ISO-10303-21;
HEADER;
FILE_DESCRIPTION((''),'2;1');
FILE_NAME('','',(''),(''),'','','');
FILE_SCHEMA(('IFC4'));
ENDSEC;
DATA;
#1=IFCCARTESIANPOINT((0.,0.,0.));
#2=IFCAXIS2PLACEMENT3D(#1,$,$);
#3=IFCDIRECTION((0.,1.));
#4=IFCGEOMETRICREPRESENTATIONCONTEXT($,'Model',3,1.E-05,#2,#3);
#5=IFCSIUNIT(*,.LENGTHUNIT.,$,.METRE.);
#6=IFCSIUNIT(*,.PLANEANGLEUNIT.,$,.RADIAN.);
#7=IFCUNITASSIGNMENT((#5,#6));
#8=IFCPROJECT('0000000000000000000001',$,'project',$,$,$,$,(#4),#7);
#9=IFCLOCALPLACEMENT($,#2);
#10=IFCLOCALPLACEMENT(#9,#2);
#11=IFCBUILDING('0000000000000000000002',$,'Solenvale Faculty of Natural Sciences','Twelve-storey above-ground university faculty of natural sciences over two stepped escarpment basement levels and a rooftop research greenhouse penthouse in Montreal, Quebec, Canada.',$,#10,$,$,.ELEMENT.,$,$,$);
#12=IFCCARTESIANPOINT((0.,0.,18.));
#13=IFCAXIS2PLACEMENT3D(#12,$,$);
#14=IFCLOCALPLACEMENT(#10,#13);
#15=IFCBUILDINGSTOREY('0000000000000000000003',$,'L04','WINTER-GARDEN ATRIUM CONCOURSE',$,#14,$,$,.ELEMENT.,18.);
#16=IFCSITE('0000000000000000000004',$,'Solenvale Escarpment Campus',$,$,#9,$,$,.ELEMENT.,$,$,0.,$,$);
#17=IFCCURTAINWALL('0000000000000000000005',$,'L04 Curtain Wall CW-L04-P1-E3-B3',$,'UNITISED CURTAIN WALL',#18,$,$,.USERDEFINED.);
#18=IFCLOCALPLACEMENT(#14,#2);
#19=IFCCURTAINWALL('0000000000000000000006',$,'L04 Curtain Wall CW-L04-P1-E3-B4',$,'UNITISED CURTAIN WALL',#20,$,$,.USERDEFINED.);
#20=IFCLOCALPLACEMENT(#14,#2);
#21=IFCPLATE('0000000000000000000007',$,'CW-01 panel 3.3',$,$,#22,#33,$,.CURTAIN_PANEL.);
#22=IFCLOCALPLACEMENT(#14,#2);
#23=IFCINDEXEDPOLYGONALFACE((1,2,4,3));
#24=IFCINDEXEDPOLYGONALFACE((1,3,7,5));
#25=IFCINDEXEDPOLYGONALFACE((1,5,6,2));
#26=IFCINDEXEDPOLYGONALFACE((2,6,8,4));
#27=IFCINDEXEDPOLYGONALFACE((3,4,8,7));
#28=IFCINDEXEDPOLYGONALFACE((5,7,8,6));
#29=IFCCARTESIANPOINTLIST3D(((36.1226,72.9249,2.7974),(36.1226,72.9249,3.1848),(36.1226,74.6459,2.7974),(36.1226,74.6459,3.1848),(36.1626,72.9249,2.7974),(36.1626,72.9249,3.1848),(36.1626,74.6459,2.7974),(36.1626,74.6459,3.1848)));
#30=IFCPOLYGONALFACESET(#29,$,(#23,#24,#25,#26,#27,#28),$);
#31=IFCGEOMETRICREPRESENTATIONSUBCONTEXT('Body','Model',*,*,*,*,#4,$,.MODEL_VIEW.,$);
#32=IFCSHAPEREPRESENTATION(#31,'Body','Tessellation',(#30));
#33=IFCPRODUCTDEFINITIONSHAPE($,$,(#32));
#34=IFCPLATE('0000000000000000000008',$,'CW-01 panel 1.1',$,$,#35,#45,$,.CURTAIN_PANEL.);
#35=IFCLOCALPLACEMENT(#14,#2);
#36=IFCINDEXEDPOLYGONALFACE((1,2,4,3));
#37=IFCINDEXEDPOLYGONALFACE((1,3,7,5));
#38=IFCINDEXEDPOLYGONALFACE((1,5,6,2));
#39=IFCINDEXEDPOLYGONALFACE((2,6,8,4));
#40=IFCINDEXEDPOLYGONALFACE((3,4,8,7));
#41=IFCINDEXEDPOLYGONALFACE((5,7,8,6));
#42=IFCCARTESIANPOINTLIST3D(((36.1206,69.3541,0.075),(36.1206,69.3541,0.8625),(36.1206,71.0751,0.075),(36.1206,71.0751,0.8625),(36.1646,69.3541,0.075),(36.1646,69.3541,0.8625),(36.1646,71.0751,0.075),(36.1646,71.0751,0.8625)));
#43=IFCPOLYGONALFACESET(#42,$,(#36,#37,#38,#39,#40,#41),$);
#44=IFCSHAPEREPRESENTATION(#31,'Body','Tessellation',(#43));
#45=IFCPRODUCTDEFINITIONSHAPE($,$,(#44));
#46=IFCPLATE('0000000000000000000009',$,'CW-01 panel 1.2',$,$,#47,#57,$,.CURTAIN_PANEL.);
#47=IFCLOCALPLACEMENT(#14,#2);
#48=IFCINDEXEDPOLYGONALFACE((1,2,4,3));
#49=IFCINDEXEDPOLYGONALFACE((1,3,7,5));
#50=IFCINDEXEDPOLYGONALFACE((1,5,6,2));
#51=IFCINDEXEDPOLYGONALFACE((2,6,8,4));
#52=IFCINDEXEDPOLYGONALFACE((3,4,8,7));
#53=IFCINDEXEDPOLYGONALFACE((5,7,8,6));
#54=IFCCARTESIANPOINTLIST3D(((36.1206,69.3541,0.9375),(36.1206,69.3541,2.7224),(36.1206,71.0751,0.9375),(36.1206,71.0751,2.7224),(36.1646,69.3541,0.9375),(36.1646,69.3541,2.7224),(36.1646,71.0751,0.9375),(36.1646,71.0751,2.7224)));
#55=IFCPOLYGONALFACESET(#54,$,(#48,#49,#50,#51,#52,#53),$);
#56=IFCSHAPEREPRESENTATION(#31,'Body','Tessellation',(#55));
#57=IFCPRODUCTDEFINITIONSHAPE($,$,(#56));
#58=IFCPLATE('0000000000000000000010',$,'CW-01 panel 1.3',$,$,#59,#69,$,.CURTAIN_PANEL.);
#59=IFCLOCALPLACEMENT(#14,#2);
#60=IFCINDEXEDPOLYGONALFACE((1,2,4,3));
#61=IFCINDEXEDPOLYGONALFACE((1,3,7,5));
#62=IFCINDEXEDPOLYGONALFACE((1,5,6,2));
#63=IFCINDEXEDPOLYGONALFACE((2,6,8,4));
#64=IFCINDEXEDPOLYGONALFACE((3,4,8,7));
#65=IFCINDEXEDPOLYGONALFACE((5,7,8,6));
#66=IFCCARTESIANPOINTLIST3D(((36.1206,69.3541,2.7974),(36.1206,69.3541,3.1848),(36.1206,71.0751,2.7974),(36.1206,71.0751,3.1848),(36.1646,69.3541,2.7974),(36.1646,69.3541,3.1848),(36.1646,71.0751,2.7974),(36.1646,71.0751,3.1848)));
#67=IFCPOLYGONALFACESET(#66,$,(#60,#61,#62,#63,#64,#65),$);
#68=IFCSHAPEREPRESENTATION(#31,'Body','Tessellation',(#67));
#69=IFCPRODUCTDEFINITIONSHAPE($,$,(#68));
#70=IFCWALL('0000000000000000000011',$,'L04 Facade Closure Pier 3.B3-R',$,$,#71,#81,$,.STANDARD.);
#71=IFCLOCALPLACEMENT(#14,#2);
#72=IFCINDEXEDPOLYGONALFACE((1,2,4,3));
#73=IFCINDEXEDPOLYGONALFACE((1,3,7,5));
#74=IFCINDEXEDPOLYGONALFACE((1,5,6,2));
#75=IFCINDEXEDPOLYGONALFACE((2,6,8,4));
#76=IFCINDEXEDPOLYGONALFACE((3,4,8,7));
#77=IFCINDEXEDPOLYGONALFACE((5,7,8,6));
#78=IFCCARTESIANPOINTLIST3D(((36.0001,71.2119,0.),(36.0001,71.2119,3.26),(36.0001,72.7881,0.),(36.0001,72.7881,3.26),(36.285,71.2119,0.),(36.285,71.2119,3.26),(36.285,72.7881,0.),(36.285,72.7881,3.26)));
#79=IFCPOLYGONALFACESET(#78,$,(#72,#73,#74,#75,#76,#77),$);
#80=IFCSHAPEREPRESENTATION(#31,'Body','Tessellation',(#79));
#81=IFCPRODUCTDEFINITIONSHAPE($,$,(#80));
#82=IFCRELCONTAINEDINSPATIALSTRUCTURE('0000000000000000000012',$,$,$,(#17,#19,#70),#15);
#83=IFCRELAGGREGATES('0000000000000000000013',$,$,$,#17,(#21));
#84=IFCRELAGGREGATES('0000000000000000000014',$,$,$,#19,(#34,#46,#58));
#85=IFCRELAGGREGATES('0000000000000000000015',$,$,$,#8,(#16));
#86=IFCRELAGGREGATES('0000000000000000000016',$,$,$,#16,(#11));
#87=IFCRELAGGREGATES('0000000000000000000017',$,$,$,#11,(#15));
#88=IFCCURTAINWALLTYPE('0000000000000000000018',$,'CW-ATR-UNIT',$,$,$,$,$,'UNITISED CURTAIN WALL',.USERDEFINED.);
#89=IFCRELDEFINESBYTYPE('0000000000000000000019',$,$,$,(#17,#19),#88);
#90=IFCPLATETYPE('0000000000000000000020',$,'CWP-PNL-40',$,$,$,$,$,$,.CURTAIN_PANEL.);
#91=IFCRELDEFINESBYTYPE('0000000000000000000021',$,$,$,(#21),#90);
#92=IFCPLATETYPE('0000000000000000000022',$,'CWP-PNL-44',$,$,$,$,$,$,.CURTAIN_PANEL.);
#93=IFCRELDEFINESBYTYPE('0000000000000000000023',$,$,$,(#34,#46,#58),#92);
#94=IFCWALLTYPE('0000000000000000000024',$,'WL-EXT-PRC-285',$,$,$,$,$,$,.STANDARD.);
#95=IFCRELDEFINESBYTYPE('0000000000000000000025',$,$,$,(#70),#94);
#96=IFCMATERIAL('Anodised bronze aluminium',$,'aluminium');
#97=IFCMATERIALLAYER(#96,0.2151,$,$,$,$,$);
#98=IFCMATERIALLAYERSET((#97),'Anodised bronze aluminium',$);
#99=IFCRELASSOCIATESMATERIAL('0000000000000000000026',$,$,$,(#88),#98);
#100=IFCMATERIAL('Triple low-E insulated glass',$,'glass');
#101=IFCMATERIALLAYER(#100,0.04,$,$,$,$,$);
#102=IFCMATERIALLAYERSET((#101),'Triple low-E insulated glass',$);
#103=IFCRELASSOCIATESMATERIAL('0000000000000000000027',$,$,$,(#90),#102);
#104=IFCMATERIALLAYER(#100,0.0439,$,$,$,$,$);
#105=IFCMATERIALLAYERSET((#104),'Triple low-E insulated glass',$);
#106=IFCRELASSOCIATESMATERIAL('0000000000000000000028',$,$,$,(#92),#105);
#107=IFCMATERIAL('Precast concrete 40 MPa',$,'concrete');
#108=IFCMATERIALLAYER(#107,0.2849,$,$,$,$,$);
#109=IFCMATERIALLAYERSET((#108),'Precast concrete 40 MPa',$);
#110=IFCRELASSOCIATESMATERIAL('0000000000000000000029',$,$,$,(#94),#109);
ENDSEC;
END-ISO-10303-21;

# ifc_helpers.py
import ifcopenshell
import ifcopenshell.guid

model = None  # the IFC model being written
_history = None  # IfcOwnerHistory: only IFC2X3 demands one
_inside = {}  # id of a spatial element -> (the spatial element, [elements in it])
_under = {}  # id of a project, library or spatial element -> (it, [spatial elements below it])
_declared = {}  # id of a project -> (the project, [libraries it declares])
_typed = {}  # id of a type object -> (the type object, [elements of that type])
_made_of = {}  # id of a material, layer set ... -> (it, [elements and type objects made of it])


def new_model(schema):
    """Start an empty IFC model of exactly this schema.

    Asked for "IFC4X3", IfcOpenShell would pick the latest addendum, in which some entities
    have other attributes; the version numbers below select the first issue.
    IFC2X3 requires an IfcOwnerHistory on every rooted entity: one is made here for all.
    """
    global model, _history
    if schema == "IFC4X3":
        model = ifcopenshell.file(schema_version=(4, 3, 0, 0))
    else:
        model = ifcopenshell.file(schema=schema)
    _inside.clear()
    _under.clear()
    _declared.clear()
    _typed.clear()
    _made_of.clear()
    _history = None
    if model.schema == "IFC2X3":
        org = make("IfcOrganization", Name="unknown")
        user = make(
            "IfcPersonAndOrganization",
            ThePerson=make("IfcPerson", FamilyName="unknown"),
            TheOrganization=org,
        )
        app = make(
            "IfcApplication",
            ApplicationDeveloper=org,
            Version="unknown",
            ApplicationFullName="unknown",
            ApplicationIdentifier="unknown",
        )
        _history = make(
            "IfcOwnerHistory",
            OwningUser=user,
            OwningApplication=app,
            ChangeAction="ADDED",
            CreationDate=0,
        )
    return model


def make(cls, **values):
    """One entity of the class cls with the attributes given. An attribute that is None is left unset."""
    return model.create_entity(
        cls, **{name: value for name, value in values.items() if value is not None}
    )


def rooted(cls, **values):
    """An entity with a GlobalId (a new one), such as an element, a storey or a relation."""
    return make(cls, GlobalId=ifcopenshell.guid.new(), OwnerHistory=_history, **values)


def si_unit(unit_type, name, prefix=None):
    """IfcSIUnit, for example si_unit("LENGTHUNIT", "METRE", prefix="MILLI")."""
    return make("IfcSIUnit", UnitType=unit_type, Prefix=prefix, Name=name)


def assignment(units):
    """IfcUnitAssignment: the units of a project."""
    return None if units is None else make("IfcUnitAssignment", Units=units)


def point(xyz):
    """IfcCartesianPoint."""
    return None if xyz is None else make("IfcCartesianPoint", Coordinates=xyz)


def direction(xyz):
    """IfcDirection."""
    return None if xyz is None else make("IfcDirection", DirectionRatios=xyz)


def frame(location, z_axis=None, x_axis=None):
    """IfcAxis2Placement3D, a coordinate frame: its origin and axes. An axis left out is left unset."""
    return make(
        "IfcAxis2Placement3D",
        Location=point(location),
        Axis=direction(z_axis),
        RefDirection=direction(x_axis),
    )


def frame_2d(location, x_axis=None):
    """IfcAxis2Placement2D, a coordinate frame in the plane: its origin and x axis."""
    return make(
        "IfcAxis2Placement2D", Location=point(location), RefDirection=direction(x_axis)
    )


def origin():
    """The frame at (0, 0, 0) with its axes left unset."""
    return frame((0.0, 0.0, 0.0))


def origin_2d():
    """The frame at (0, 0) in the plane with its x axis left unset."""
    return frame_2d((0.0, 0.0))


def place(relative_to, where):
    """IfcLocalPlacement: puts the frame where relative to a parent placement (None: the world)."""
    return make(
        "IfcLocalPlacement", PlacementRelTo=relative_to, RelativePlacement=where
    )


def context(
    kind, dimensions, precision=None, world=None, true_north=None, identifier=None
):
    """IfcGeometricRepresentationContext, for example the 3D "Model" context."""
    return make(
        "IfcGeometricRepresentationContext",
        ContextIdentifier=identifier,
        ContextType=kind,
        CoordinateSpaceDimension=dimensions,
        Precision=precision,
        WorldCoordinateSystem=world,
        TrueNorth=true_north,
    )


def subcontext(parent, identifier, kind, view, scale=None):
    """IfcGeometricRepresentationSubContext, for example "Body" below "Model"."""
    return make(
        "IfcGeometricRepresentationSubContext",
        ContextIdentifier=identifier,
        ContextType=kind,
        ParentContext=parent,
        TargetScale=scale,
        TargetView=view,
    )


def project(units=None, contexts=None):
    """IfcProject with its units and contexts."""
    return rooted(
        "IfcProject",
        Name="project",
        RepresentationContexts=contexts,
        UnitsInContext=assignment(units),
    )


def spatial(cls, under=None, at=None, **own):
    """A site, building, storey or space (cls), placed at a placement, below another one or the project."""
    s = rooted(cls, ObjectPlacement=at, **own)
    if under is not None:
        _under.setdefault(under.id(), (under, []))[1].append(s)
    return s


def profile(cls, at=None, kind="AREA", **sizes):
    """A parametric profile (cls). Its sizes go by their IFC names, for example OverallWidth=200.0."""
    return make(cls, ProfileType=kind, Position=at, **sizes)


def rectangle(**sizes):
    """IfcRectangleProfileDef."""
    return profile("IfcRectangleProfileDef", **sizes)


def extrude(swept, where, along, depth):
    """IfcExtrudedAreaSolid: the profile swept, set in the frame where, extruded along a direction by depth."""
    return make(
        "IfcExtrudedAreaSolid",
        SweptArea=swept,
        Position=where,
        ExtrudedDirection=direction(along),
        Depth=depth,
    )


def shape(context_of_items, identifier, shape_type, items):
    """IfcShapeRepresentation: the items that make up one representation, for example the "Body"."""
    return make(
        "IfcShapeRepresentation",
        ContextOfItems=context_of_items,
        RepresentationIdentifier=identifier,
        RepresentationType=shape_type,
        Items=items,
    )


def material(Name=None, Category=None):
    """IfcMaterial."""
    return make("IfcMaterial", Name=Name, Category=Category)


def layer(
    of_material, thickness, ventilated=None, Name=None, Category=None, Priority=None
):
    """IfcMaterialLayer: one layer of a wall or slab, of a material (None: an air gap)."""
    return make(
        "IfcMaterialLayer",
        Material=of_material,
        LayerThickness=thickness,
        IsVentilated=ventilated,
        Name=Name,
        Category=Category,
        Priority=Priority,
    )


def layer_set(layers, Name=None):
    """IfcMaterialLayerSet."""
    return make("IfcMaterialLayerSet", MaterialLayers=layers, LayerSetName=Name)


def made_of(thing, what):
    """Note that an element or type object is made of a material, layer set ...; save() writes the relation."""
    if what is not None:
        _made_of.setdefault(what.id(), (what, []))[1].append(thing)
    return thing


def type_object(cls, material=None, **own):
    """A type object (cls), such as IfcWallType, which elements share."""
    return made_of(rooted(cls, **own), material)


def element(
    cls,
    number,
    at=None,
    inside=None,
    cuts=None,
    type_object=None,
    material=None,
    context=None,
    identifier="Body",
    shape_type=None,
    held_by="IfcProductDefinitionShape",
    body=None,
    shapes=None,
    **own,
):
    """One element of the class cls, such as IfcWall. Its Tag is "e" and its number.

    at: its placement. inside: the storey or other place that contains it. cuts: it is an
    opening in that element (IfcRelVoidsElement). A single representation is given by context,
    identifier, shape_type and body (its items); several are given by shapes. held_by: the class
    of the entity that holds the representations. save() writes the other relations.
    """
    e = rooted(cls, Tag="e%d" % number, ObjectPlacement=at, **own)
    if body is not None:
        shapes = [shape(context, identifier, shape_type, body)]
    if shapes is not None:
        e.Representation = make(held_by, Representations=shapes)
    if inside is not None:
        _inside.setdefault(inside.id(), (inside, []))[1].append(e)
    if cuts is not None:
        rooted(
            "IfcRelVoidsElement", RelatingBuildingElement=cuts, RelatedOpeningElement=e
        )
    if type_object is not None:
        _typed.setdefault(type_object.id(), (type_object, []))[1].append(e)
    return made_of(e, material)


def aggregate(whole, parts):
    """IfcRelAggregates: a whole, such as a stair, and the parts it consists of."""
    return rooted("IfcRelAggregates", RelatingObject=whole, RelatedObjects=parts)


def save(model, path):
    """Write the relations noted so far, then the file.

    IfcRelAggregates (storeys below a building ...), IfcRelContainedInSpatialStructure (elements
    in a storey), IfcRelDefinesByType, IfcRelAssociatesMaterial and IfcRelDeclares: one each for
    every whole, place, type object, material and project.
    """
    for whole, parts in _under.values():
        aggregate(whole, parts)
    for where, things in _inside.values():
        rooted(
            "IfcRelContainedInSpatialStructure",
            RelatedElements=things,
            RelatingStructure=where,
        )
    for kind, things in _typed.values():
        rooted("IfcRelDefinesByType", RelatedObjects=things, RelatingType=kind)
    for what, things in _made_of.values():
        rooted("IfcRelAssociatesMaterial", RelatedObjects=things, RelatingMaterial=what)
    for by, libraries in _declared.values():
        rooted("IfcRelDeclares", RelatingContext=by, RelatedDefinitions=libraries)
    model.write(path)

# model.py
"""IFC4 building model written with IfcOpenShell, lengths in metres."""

from ifc_helpers import new_model, si_unit, direction, frame, frame_2d, origin, origin_2d, place, context, subcontext, project, spatial, rectangle, extrude, material, layer, layer_set, type_object, element, aggregate, save


model = new_model("IFC4")

# Units and contexts
model_context = context("Model", 3, precision=1e-05, world=origin(), true_north=direction((0.0, 1.0)))
body_context = subcontext(model_context, "Body", "Model", "MODEL_VIEW")
ifc_project = project(units=[si_unit("LENGTHUNIT", "METRE"), si_unit("PLANEANGLEUNIT", "RADIAN")], contexts=[model_context])

# Site, building, storey
site_placement = place(None, origin())
site = spatial("IfcSite", under=ifc_project, at=site_placement, Name="Solenvale Escarpment Campus", CompositionType="ELEMENT", RefElevation=0.0)
building_placement = place(site_placement, origin())
building = spatial("IfcBuilding", under=site, at=building_placement, Name="Solenvale Faculty of Natural Sciences", Description="Twelve-storey above-ground university faculty of natural sciences over two stepped escarpment basement levels and a rooftop research greenhouse penthouse in Montreal, Quebec, Canada.", CompositionType="ELEMENT")
storey_placement = place(building_placement, frame((0.0, 0.0, 18.0)))
storey = spatial("IfcBuildingStorey", under=building, at=storey_placement, Name="L04", Description="WINTER-GARDEN ATRIUM CONCOURSE", CompositionType="ELEMENT", Elevation=18.0)

# Curtain walls
ifc_material_1 = material(Name="Anodised bronze aluminium", Category="aluminium")
ifc_layer_1 = layer(ifc_material_1, 0.2151)
ifc_layer_set_1 = layer_set([ifc_layer_1], Name="Anodised bronze aluminium")
curtain_wall_type = type_object("IfcCurtainWallType", Name="CW-ATR-UNIT", ElementType="UNITISED CURTAIN WALL", PredefinedType="USERDEFINED", material=ifc_layer_set_1)
curtain_wall_1_placement = place(storey_placement, origin())
curtain_wall_1 = element("IfcCurtainWall", 1, at=curtain_wall_1_placement, inside=storey, type_object=curtain_wall_type, Name="L04 Curtain Wall CW-L04-P1-E3-B3", ObjectType="UNITISED CURTAIN WALL", PredefinedType="USERDEFINED")
curtain_wall_2_placement = place(storey_placement, origin())
curtain_wall_2 = element("IfcCurtainWall", 2, at=curtain_wall_2_placement, inside=storey, type_object=curtain_wall_type, Name="L04 Curtain Wall CW-L04-P1-E3-B4", ObjectType="UNITISED CURTAIN WALL", PredefinedType="USERDEFINED")

# Plates
ifc_material_2 = material(Name="Triple low-E insulated glass", Category="glass")
ifc_layer_2 = layer(ifc_material_2, 0.04)
ifc_layer_set_2 = layer_set([ifc_layer_2], Name="Triple low-E insulated glass")
plate_type_1 = type_object("IfcPlateType", Name="CWP-PNL-40", PredefinedType="CURTAIN_PANEL", material=ifc_layer_set_2)
plate_1_placement = place(storey_placement, frame((36.1426, 73.7854, 2.7974), z_axis=(0.0, 0.0, 1.0), x_axis=(0.0, -1.0, 0.0)))
plate_1 = element("IfcPlate", 3, at=plate_1_placement, type_object=plate_type_1, Name="CW-01 panel 3.3", PredefinedType="CURTAIN_PANEL", context=body_context, shape_type="SweptSolid", body=[
    extrude(rectangle(XDim=1.7209, YDim=0.04, at=origin_2d()), origin(), (0.0, 0.0, 1.0), 0.3875),
])
aggregate(curtain_wall_1, [plate_1])
ifc_layer_3 = layer(ifc_material_2, 0.0439)
ifc_layer_set_3 = layer_set([ifc_layer_3], Name="Triple low-E insulated glass")
plate_type_2 = type_object("IfcPlateType", Name="CWP-PNL-44", PredefinedType="CURTAIN_PANEL", material=ifc_layer_set_3)
plate_2_placement = place(storey_placement, frame((36.1426, 70.2146, 0.075), z_axis=(0.0, 0.0, 1.0), x_axis=(0.0, -1.0, 0.0)))
plate_2 = element("IfcPlate", 4, at=plate_2_placement, type_object=plate_type_2, Name="CW-01 panel 1.1", PredefinedType="CURTAIN_PANEL", context=body_context, shape_type="SweptSolid", body=[
    extrude(rectangle(XDim=1.7209, YDim=0.0439, at=origin_2d()), origin(), (0.0, 0.0, 1.0), 0.7876),
])
plate_3_placement = place(storey_placement, frame((36.1426, 70.2146, 0.9375), z_axis=(0.0, 0.0, 1.0), x_axis=(0.0, -1.0, 0.0)))
plate_3 = element("IfcPlate", 5, at=plate_3_placement, type_object=plate_type_2, Name="CW-01 panel 1.2", PredefinedType="CURTAIN_PANEL", context=body_context, shape_type="SweptSolid", body=[
    extrude(rectangle(XDim=1.7209, YDim=0.0439, at=origin_2d()), origin(), (0.0, 0.0, 1.0), 1.7849),
])
plate_4_placement = place(storey_placement, frame((36.1426, 70.2146, 2.7974), z_axis=(0.0, 0.0, 1.0), x_axis=(0.0, -1.0, 0.0)))
plate_4 = element("IfcPlate", 6, at=plate_4_placement, type_object=plate_type_2, Name="CW-01 panel 1.3", PredefinedType="CURTAIN_PANEL", context=body_context, shape_type="SweptSolid", body=[
    extrude(rectangle(XDim=1.7209, YDim=0.0439, at=origin_2d()), origin(), (0.0, 0.0, 1.0), 0.3875),
])
aggregate(curtain_wall_2, [plate_2, plate_3, plate_4])

# Wall
ifc_material_3 = material(Name="Precast concrete 40 MPa", Category="concrete")
ifc_layer_4 = layer(ifc_material_3, 0.2849)
ifc_layer_set_4 = layer_set([ifc_layer_4], Name="Precast concrete 40 MPa")
wall_type = type_object("IfcWallType", Name="WL-EXT-PRC-285", PredefinedType="STANDARD", material=ifc_layer_set_4)
wall_placement = place(storey_placement, frame((36.1426, 72.7881, 0.0), z_axis=(0.0, 0.0, 1.0), x_axis=(0.0, -1.0, 0.0)))
element("IfcWall", 7, at=wall_placement, inside=storey, type_object=wall_type, Name="L04 Facade Closure Pier 3.B3-R", PredefinedType="STANDARD", context=body_context, shape_type="SweptSolid", body=[
    extrude(rectangle(XDim=1.5762, YDim=0.2849, at=frame_2d((0.7881, 0.0))), origin(), (0.0, 0.0, 1.0), 3.26),
])

save(model, "model.ifc")
